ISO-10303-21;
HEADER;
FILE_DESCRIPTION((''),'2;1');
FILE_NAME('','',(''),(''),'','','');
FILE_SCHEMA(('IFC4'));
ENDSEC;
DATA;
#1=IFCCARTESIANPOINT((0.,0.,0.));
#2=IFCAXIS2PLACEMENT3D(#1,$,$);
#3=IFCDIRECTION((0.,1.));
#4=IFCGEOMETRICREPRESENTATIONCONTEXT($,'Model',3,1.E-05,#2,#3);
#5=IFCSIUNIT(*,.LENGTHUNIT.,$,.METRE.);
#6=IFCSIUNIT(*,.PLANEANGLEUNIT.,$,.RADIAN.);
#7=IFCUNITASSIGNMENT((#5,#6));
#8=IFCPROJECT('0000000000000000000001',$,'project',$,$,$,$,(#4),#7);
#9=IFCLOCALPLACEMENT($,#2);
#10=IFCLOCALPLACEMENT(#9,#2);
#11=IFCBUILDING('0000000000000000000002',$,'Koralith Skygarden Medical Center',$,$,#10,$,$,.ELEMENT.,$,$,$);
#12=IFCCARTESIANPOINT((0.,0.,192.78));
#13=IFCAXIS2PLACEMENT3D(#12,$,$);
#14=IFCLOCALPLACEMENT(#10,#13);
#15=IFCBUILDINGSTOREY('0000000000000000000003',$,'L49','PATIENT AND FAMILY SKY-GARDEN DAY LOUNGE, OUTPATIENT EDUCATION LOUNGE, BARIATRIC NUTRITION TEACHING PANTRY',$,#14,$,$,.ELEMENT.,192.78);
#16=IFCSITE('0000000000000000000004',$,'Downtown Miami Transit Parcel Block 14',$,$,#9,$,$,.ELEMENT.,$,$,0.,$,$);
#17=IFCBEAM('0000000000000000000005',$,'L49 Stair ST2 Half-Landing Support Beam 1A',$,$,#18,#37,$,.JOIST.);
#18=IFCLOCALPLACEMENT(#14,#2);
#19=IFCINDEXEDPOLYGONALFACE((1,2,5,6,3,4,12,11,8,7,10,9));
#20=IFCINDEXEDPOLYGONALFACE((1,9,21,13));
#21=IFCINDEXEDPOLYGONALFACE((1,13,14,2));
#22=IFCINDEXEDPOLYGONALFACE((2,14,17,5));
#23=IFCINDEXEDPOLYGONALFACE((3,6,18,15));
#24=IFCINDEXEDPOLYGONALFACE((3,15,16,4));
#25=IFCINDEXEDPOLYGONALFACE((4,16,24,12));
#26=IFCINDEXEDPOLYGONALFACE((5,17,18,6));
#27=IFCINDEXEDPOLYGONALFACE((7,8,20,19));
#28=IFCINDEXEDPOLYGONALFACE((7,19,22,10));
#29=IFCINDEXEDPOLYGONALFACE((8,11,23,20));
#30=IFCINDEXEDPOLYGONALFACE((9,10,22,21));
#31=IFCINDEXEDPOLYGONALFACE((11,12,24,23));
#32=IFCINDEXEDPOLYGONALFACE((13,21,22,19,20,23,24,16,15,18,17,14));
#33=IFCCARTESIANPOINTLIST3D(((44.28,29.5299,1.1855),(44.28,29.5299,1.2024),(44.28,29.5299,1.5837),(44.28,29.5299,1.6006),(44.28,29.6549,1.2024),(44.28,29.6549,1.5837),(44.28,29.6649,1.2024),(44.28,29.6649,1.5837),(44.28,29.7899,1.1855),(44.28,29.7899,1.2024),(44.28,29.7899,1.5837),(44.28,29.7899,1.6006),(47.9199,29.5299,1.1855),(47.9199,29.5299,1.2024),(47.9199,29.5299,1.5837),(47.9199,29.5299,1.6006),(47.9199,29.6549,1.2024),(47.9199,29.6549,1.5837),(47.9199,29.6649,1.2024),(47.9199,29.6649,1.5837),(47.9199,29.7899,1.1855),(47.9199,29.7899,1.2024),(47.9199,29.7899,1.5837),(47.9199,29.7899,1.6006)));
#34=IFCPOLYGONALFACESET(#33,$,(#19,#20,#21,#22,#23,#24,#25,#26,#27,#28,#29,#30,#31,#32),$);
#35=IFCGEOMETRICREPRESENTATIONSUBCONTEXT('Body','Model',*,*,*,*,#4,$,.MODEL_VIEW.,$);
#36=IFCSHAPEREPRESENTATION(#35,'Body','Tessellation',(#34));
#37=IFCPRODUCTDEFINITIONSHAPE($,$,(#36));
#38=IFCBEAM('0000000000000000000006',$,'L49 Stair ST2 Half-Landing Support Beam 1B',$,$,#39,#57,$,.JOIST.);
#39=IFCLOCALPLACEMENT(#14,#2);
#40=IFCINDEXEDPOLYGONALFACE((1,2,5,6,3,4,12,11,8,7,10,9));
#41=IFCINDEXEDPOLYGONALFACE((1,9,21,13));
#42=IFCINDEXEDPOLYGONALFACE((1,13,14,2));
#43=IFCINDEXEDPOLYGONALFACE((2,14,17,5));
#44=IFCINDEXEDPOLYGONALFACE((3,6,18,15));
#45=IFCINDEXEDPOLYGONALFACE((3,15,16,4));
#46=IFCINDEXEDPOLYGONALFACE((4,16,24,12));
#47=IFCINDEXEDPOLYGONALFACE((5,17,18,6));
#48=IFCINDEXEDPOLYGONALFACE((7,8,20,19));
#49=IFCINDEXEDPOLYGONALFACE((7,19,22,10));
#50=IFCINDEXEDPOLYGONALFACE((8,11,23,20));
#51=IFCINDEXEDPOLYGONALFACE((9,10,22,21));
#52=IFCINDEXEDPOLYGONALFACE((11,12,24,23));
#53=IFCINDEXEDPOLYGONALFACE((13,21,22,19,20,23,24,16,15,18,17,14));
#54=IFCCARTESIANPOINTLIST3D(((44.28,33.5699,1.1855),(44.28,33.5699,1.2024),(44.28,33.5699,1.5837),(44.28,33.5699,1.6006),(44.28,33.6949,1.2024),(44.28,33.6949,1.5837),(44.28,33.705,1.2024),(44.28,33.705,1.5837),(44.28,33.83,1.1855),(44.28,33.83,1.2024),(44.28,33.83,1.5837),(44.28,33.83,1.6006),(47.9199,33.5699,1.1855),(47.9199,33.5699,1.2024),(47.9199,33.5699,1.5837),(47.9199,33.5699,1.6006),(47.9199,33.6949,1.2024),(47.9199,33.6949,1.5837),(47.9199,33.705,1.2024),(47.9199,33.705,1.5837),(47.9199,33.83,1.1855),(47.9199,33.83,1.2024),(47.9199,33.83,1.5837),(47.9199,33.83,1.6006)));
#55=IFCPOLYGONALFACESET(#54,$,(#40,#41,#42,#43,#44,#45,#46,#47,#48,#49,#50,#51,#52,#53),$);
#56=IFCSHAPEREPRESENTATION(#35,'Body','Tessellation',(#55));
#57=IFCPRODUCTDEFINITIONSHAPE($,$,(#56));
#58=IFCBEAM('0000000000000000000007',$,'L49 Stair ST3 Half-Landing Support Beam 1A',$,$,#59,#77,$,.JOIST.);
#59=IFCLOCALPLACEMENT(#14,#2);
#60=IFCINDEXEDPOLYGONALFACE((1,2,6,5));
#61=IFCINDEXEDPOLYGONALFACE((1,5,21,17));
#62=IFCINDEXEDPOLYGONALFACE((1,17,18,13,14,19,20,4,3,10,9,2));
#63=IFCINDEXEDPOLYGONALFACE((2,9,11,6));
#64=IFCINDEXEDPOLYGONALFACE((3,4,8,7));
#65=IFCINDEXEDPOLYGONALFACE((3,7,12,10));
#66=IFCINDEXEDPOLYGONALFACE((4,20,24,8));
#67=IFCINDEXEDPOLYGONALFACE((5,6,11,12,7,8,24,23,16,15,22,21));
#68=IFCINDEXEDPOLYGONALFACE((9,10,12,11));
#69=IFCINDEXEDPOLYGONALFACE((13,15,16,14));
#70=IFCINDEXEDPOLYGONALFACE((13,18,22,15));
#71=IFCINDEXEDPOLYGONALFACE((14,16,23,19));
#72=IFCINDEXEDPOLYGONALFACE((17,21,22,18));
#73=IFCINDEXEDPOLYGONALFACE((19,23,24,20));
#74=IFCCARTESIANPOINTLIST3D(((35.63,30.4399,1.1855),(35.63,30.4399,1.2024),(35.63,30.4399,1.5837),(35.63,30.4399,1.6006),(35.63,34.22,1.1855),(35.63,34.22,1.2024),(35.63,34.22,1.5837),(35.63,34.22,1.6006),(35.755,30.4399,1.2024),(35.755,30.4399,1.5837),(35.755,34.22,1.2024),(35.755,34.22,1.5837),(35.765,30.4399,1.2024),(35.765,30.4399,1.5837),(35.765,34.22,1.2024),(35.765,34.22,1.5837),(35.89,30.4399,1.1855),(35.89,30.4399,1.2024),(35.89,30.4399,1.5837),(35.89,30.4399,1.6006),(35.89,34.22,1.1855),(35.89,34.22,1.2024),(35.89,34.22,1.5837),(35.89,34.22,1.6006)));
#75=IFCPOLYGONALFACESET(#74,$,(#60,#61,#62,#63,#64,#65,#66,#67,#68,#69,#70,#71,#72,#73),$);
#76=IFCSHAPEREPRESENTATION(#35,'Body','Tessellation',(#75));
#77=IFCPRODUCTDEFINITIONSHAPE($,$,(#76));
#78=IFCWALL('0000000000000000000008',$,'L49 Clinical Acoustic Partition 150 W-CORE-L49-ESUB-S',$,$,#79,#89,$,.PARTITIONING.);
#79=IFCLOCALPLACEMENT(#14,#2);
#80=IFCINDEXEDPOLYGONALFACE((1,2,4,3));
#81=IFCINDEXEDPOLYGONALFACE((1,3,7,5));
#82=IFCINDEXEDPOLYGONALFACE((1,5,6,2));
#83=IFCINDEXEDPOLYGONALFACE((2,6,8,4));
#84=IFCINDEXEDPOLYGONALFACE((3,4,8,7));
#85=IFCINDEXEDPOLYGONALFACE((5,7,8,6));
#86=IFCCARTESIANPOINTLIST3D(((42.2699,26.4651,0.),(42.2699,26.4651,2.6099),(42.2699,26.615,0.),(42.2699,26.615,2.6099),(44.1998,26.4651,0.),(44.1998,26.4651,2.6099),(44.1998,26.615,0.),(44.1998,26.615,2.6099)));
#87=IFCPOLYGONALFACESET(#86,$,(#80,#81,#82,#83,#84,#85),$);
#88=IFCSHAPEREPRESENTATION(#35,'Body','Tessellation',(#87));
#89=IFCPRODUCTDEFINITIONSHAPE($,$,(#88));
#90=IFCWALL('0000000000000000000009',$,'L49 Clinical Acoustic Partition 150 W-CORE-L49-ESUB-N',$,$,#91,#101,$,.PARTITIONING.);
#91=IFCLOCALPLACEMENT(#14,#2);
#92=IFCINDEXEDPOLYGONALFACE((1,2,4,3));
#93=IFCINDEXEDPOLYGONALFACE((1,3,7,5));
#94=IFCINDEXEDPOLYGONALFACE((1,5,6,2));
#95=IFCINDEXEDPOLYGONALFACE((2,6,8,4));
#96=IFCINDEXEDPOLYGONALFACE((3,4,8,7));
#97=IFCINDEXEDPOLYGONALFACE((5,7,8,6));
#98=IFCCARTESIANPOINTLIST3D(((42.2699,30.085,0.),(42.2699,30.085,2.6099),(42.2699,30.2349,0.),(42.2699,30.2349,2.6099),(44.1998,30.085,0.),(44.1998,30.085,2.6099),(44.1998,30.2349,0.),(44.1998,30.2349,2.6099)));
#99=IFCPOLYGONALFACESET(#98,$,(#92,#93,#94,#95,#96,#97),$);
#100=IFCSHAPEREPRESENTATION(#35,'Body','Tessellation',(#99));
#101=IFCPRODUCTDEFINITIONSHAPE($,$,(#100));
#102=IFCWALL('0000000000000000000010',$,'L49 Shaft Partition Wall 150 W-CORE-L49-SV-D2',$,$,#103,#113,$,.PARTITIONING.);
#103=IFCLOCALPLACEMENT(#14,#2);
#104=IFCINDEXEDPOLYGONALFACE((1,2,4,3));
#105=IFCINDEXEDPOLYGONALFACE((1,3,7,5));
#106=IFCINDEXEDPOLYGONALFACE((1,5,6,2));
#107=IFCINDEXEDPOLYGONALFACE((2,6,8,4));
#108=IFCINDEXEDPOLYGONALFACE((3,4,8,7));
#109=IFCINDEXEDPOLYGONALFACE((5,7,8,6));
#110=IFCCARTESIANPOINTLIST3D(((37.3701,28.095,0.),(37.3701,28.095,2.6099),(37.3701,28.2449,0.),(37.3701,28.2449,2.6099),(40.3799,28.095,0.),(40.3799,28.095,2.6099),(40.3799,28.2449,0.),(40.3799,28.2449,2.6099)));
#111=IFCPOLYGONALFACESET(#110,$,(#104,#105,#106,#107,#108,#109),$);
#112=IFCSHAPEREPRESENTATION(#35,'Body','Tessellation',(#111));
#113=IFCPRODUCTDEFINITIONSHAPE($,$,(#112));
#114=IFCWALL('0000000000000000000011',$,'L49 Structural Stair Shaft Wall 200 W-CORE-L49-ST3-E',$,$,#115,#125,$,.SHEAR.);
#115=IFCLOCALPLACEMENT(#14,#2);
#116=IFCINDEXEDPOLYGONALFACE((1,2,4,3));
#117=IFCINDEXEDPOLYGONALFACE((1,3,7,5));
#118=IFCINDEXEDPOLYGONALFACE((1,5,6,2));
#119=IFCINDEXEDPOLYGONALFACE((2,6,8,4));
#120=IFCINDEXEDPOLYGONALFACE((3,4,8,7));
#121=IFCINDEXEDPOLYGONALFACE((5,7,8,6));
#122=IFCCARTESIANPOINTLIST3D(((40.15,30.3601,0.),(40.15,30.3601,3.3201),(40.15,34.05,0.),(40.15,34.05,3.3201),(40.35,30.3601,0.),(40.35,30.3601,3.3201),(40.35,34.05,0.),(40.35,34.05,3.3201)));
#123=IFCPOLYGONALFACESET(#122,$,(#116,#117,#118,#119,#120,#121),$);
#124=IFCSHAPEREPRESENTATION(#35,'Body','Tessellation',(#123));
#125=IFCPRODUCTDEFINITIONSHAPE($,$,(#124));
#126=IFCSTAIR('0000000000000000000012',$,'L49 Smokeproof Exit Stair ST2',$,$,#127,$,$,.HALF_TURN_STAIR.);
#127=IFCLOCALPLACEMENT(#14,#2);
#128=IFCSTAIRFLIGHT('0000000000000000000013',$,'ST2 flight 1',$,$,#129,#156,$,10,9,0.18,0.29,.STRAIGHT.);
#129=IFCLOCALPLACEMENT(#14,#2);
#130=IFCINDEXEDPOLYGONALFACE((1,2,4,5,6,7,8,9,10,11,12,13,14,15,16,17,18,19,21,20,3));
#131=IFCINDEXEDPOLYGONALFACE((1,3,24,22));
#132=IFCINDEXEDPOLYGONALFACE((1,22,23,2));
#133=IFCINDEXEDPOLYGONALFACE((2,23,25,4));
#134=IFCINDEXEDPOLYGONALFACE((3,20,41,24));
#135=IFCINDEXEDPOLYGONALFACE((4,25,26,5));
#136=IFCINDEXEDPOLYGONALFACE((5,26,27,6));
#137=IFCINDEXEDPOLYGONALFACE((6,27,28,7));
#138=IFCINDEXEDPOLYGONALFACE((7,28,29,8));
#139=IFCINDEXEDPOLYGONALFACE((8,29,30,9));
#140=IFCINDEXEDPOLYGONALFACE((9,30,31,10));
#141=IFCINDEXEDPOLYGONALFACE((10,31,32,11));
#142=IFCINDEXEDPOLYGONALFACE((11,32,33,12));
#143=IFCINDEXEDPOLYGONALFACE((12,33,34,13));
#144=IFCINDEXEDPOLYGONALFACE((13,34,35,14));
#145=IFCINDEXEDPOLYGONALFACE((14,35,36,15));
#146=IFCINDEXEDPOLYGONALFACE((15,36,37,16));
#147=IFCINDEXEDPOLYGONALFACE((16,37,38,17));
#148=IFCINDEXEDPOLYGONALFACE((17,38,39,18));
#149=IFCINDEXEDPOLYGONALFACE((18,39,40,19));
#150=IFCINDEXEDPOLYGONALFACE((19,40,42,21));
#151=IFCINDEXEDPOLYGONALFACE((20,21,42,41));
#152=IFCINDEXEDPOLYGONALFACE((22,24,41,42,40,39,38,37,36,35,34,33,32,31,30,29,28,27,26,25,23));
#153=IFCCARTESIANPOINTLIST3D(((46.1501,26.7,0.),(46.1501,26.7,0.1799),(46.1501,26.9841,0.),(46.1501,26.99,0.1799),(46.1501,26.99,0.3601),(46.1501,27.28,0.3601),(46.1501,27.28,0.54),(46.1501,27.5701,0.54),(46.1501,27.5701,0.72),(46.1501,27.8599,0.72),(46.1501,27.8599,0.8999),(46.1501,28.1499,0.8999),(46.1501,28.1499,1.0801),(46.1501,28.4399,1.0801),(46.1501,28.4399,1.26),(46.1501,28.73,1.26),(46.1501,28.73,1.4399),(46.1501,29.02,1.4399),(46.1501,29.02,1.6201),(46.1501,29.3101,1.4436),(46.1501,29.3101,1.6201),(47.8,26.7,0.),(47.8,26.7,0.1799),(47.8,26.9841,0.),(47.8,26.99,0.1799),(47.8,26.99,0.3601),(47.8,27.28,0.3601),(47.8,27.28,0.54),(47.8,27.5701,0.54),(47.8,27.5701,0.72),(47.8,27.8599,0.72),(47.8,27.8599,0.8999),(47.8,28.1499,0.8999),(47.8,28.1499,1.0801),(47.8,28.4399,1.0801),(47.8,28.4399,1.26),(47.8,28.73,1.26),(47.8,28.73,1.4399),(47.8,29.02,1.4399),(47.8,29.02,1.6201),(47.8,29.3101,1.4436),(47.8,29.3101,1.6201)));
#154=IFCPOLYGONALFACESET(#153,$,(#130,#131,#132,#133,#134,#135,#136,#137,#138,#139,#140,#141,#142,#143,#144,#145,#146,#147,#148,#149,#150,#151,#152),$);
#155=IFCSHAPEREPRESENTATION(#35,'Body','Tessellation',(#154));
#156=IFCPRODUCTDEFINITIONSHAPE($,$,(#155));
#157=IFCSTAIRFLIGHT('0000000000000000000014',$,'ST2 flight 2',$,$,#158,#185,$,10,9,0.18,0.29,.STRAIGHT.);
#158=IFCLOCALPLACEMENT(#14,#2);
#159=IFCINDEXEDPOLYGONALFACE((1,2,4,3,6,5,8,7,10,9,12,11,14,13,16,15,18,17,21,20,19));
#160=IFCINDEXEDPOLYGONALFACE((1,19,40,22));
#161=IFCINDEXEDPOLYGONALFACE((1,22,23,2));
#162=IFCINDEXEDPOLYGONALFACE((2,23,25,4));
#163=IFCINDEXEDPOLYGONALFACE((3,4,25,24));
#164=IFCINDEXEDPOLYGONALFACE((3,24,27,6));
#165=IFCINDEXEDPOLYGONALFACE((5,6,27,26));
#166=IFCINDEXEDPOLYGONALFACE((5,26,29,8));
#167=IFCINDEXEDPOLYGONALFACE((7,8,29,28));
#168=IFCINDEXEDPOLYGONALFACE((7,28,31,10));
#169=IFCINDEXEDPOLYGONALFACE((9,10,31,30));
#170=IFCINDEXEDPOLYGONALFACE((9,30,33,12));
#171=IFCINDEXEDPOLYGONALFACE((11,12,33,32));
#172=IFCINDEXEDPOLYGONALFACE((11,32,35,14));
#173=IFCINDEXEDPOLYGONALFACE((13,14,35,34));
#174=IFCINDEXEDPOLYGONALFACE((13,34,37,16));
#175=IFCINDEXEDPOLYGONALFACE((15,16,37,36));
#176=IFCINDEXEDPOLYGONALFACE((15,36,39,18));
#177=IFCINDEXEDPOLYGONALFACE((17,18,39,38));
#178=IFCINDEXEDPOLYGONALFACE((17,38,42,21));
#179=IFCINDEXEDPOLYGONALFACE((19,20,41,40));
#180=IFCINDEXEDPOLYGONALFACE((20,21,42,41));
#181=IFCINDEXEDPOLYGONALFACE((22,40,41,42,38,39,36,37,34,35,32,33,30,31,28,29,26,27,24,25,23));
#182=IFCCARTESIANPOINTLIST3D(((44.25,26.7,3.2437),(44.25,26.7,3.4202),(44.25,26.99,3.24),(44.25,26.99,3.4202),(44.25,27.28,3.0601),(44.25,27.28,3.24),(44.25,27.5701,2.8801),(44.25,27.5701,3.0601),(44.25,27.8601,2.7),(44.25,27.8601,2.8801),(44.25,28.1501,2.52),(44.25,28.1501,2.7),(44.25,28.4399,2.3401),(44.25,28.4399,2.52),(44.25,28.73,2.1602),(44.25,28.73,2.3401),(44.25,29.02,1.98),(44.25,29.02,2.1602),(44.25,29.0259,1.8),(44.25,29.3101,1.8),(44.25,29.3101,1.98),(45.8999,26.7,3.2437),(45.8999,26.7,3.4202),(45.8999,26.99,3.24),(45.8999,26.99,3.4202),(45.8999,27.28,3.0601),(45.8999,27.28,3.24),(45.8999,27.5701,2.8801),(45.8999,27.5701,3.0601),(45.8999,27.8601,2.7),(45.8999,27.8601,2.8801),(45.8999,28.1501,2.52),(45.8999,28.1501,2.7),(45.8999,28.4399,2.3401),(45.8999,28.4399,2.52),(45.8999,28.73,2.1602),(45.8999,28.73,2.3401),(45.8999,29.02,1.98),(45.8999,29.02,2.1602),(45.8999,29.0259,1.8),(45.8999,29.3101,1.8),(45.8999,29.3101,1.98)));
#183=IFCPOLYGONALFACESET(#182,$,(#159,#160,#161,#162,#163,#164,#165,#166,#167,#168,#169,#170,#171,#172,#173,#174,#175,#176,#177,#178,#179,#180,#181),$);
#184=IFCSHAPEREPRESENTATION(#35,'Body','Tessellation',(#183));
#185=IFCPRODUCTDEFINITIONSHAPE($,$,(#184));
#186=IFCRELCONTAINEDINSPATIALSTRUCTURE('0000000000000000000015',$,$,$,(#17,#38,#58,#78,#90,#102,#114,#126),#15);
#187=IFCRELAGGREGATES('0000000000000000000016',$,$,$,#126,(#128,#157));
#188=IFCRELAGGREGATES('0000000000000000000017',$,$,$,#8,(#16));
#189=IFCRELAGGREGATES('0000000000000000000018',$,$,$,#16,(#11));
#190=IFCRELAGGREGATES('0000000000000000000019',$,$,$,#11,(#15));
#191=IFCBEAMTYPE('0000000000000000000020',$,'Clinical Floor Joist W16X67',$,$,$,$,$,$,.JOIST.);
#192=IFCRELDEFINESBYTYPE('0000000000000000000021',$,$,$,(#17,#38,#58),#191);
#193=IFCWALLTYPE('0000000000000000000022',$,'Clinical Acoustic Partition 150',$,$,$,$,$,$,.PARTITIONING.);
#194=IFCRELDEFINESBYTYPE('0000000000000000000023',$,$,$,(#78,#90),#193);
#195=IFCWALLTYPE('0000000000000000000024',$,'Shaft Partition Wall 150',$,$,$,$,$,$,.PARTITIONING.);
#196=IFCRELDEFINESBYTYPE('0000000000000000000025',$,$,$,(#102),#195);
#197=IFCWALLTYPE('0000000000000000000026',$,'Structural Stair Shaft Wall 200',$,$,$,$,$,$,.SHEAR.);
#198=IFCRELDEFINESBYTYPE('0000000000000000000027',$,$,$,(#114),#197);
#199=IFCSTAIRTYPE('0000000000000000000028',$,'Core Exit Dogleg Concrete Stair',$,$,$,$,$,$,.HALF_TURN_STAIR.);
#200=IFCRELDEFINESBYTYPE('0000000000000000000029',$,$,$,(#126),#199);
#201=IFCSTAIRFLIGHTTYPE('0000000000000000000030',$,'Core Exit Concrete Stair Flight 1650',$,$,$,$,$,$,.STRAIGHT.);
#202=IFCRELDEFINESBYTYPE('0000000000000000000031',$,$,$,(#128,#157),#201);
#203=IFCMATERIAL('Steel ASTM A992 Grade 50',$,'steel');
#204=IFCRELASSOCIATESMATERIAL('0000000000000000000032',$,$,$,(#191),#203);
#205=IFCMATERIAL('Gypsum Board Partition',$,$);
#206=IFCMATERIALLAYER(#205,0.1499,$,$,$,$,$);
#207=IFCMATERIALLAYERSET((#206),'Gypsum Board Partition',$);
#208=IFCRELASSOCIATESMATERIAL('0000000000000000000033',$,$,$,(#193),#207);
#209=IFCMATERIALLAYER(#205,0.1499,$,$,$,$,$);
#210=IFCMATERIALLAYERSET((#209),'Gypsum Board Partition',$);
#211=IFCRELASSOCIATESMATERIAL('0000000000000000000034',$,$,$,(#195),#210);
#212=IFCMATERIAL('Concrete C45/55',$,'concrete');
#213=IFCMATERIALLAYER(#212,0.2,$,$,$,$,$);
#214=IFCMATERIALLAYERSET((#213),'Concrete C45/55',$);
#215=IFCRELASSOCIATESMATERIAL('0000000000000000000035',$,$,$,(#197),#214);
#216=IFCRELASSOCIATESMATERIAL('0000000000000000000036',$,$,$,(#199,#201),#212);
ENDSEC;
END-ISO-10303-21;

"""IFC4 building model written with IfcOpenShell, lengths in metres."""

from ifc_helpers import new_model, si_unit, direction, frame, frame_2d, origin, origin_2d, place, context, subcontext, project, spatial, polyline, rectangle, i_section, outline, extrude, material, layer, layer_set, material_profile, profile_set, type_object, element, aggregate, save


model = new_model("IFC4")

# Units and contexts
model_context = context("Model", 3, precision=1e-05, world=origin(), true_north=direction((0.0, 1.0)))
body_context = subcontext(model_context, "Body", "Model", "MODEL_VIEW")
ifc_project = project(units=[si_unit("LENGTHUNIT", "METRE"), si_unit("PLANEANGLEUNIT", "RADIAN")], contexts=[model_context])

# Site, building, storey
site_placement = place(None, origin())
site = spatial("IfcSite", under=ifc_project, at=site_placement, Name="Downtown Miami Transit Parcel Block 14", CompositionType="ELEMENT", RefElevation=0.0)
building_placement = place(site_placement, origin())
building = spatial("IfcBuilding", under=site, at=building_placement, Name="Koralith Skygarden Medical Center", CompositionType="ELEMENT")
storey_placement = place(building_placement, frame((0.0, 0.0, 192.78)))
storey = spatial("IfcBuildingStorey", under=building, at=storey_placement, Name="L49", Description="PATIENT AND FAMILY SKY-GARDEN DAY LOUNGE, OUTPATIENT EDUCATION LOUNGE, BARIATRIC NUTRITION TEACHING PANTRY", CompositionType="ELEMENT", Elevation=192.78)

# Beams
ifc_material_1 = material(Name="Steel ASTM A992 Grade 50", Category="steel")
ifc_material_profile = material_profile(ifc_material_1, i_section(OverallWidth=0.26, OverallDepth=0.415, WebThickness=0.01, FlangeThickness=0.0168, at=origin_2d()), Name="W16X67")
ifc_profile_set = profile_set([ifc_material_profile], Name="Steel ASTM A992 Grade 50")
beam_type = type_object("IfcBeamType", Name="Clinical Floor Joist W16X67", PredefinedType="JOIST", material=ifc_profile_set)
for number, where, z_axis, x_axis, name in (
    (1, (44.28, 29.6599, 1.3931), (1.0, 0.0, 0.0), (0.0, 1.0, 0.0), "L49 Stair ST2 Half-Landing Support Beam 1A"),
    (2, (44.28, 33.7, 1.3931), (1.0, 0.0, 0.0), (0.0, 1.0, 0.0), "L49 Stair ST2 Half-Landing Support Beam 1B"),
):
    element("IfcBeam", number, at=place(storey_placement, frame(where, z_axis=z_axis, x_axis=x_axis)), inside=storey, type_object=beam_type, Name=name, PredefinedType="JOIST", context=body_context, shape_type="SweptSolid", body=[
        extrude(i_section(OverallWidth=0.26, OverallDepth=0.415, WebThickness=0.01, FlangeThickness=0.0168, at=origin_2d()), origin(), (0.0, 0.0, 1.0), 3.6399),
    ])
beam_placement = place(storey_placement, frame((35.76, 30.4399, 1.3931), z_axis=(0.0, 1.0, 0.0), x_axis=(-1.0, 0.0, 0.0)))
element("IfcBeam", 3, at=beam_placement, inside=storey, type_object=beam_type, Name="L49 Stair ST3 Half-Landing Support Beam 1A", PredefinedType="JOIST", context=body_context, shape_type="SweptSolid", body=[
    extrude(i_section(OverallWidth=0.26, OverallDepth=0.415, WebThickness=0.01, FlangeThickness=0.0168, at=origin_2d()), origin(), (0.0, 0.0, 1.0), 3.78),
])

# Walls
ifc_material_2 = material(Name="Gypsum Board Partition")
ifc_layer_1 = layer(ifc_material_2, 0.1499)
ifc_layer_set_1 = layer_set([ifc_layer_1], Name="Gypsum Board Partition")
wall_type_1 = type_object("IfcWallType", Name="Clinical Acoustic Partition 150", PredefinedType="PARTITIONING", material=ifc_layer_set_1)
for number, where, z_axis, x_axis, name in (
    (4, (42.27, 26.54, 0.0), (0.0, 0.0, 1.0), (1.0, 0.0, 0.0), "L49 Clinical Acoustic Partition 150 W-CORE-L49-ESUB-S"),
    (5, (42.27, 30.1599, 0.0), (0.0, 0.0, 1.0), (1.0, 0.0, 0.0), "L49 Clinical Acoustic Partition 150 W-CORE-L49-ESUB-N"),
):
    element("IfcWall", number, at=place(storey_placement, frame(where, z_axis=z_axis, x_axis=x_axis)), inside=storey, type_object=wall_type_1, Name=name, PredefinedType="PARTITIONING", context=body_context, shape_type="SweptSolid", body=[
        extrude(rectangle(XDim=1.9299, YDim=0.1499, at=frame_2d((0.9648, 0.0))), origin(), (0.0, 0.0, 1.0), 2.6099),
    ])
ifc_layer_2 = layer(ifc_material_2, 0.1499)
ifc_layer_set_2 = layer_set([ifc_layer_2], Name="Gypsum Board Partition")
wall_type_2 = type_object("IfcWallType", Name="Shaft Partition Wall 150", PredefinedType="PARTITIONING", material=ifc_layer_set_2)
wall_1_placement = place(storey_placement, frame((37.3701, 28.1699, 0.0), z_axis=(0.0, 0.0, 1.0), x_axis=(1.0, 0.0, 0.0)))
element("IfcWall", 6, at=wall_1_placement, inside=storey, type_object=wall_type_2, Name="L49 Shaft Partition Wall 150 W-CORE-L49-SV-D2", PredefinedType="PARTITIONING", context=body_context, shape_type="SweptSolid", body=[
    extrude(rectangle(XDim=3.0098, YDim=0.1499, at=frame_2d((1.5049, 0.0))), origin(), (0.0, 0.0, 1.0), 2.6099),
])
ifc_material_3 = material(Name="Concrete C45/55", Category="concrete")
ifc_layer_3 = layer(ifc_material_3, 0.2)
ifc_layer_set_3 = layer_set([ifc_layer_3], Name="Concrete C45/55")
wall_type_3 = type_object("IfcWallType", Name="Structural Stair Shaft Wall 200", PredefinedType="SHEAR", material=ifc_layer_set_3)
wall_2_placement = place(storey_placement, frame((40.25, 30.3601, 0.0), z_axis=(0.0, 0.0, 1.0), x_axis=(0.0, 1.0, 0.0)))
element("IfcWall", 7, at=wall_2_placement, inside=storey, type_object=wall_type_3, Name="L49 Structural Stair Shaft Wall 200 W-CORE-L49-ST3-E", PredefinedType="SHEAR", context=body_context, shape_type="SweptSolid", body=[
    extrude(rectangle(XDim=3.6899, YDim=0.2, at=frame_2d((1.845, 0.0))), origin(), (0.0, 0.0, 1.0), 3.3201),
])

# Stair, stair flights
stair_type = type_object("IfcStairType", Name="Core Exit Dogleg Concrete Stair", PredefinedType="HALF_TURN_STAIR", material=ifc_material_3)
stair_1_placement = place(storey_placement, origin())
stair_1 = element("IfcStair", 8, at=stair_1_placement, inside=storey, type_object=stair_type, Name="L49 Smokeproof Exit Stair ST2", PredefinedType="HALF_TURN_STAIR")
stair_flight_type = type_object("IfcStairFlightType", Name="Core Exit Concrete Stair Flight 1650", PredefinedType="STRAIGHT", material=ifc_material_3)
stair_flight_1_placement = place(storey_placement, frame((46.9751, 26.7, 0.0), z_axis=(0.0, 0.0, 1.0), x_axis=(0.0, 1.0, 0.0)))
stair_flight_1 = element("IfcStairFlight", 9, at=stair_flight_1_placement, type_object=stair_flight_type, Name="ST2 flight 1", NumberOfRisers=10, NumberOfTreads=9, PredefinedType="STRAIGHT", RiserHeight=0.18, TreadLength=0.29, context=body_context, shape_type="SweptSolid", body=[
    extrude(outline(polyline([(0.0, 0.0), (0.0, 0.1799), (0.29, 0.1799), (0.29, 0.3601), (0.5801, 0.3601), (0.5801, 0.54), (0.8701, 0.54), (0.8701, 0.72), (1.1599, 0.72), (1.1599, 0.8999), (1.45, 0.8999), (1.45, 1.0801), (1.74, 1.0801), (1.74, 1.26), (2.03, 1.26), (2.03, 1.4399), (2.3201, 1.4399), (2.3201, 1.6201), (2.6101, 1.6201), (2.6101, 1.8), (2.6101, 1.4436), (0.2842, 0.0), (0.0, 0.0)])), frame((0.0, 0.825, 0.0), z_axis=(0.0, -1.0, 0.0), x_axis=(1.0, 0.0, 0.0)), (0.0, 0.0, 1.0), 1.6499),
])
stair_flight_2_placement = place(storey_placement, frame((45.075, 29.3101, 1.8), z_axis=(0.0, 0.0, 1.0), x_axis=(0.0, -1.0, 0.0)))
stair_flight_2 = element("IfcStairFlight", 10, at=stair_flight_2_placement, type_object=stair_flight_type, Name="ST2 flight 2", NumberOfRisers=10, NumberOfTreads=9, PredefinedType="STRAIGHT", RiserHeight=0.18, TreadLength=0.29, context=body_context, shape_type="SweptSolid", body=[
    extrude(outline(polyline([(0.0, 0.0), (0.0, 0.1799), (0.29, 0.1799), (0.29, 0.3601), (0.5801, 0.3601), (0.5801, 0.54), (0.8701, 0.54), (0.8701, 0.72), (1.1599, 0.72), (1.1599, 0.8999), (1.45, 0.8999), (1.45, 1.0801), (1.74, 1.0801), (1.74, 1.26), (2.03, 1.26), (2.03, 1.4399), (2.3201, 1.4399), (2.3201, 1.6201), (2.6101, 1.6201), (2.6101, 1.8), (2.6101, 1.4436), (0.2842, 0.0), (0.0, 0.0)])), frame((0.0, 0.825, 0.0), z_axis=(0.0, -1.0, 0.0), x_axis=(1.0, 0.0, 0.0)), (0.0, 0.0, 1.0), 1.6499),
])
aggregate(stair_1, [stair_flight_1, stair_flight_2])

save(model, "model.ifc")
